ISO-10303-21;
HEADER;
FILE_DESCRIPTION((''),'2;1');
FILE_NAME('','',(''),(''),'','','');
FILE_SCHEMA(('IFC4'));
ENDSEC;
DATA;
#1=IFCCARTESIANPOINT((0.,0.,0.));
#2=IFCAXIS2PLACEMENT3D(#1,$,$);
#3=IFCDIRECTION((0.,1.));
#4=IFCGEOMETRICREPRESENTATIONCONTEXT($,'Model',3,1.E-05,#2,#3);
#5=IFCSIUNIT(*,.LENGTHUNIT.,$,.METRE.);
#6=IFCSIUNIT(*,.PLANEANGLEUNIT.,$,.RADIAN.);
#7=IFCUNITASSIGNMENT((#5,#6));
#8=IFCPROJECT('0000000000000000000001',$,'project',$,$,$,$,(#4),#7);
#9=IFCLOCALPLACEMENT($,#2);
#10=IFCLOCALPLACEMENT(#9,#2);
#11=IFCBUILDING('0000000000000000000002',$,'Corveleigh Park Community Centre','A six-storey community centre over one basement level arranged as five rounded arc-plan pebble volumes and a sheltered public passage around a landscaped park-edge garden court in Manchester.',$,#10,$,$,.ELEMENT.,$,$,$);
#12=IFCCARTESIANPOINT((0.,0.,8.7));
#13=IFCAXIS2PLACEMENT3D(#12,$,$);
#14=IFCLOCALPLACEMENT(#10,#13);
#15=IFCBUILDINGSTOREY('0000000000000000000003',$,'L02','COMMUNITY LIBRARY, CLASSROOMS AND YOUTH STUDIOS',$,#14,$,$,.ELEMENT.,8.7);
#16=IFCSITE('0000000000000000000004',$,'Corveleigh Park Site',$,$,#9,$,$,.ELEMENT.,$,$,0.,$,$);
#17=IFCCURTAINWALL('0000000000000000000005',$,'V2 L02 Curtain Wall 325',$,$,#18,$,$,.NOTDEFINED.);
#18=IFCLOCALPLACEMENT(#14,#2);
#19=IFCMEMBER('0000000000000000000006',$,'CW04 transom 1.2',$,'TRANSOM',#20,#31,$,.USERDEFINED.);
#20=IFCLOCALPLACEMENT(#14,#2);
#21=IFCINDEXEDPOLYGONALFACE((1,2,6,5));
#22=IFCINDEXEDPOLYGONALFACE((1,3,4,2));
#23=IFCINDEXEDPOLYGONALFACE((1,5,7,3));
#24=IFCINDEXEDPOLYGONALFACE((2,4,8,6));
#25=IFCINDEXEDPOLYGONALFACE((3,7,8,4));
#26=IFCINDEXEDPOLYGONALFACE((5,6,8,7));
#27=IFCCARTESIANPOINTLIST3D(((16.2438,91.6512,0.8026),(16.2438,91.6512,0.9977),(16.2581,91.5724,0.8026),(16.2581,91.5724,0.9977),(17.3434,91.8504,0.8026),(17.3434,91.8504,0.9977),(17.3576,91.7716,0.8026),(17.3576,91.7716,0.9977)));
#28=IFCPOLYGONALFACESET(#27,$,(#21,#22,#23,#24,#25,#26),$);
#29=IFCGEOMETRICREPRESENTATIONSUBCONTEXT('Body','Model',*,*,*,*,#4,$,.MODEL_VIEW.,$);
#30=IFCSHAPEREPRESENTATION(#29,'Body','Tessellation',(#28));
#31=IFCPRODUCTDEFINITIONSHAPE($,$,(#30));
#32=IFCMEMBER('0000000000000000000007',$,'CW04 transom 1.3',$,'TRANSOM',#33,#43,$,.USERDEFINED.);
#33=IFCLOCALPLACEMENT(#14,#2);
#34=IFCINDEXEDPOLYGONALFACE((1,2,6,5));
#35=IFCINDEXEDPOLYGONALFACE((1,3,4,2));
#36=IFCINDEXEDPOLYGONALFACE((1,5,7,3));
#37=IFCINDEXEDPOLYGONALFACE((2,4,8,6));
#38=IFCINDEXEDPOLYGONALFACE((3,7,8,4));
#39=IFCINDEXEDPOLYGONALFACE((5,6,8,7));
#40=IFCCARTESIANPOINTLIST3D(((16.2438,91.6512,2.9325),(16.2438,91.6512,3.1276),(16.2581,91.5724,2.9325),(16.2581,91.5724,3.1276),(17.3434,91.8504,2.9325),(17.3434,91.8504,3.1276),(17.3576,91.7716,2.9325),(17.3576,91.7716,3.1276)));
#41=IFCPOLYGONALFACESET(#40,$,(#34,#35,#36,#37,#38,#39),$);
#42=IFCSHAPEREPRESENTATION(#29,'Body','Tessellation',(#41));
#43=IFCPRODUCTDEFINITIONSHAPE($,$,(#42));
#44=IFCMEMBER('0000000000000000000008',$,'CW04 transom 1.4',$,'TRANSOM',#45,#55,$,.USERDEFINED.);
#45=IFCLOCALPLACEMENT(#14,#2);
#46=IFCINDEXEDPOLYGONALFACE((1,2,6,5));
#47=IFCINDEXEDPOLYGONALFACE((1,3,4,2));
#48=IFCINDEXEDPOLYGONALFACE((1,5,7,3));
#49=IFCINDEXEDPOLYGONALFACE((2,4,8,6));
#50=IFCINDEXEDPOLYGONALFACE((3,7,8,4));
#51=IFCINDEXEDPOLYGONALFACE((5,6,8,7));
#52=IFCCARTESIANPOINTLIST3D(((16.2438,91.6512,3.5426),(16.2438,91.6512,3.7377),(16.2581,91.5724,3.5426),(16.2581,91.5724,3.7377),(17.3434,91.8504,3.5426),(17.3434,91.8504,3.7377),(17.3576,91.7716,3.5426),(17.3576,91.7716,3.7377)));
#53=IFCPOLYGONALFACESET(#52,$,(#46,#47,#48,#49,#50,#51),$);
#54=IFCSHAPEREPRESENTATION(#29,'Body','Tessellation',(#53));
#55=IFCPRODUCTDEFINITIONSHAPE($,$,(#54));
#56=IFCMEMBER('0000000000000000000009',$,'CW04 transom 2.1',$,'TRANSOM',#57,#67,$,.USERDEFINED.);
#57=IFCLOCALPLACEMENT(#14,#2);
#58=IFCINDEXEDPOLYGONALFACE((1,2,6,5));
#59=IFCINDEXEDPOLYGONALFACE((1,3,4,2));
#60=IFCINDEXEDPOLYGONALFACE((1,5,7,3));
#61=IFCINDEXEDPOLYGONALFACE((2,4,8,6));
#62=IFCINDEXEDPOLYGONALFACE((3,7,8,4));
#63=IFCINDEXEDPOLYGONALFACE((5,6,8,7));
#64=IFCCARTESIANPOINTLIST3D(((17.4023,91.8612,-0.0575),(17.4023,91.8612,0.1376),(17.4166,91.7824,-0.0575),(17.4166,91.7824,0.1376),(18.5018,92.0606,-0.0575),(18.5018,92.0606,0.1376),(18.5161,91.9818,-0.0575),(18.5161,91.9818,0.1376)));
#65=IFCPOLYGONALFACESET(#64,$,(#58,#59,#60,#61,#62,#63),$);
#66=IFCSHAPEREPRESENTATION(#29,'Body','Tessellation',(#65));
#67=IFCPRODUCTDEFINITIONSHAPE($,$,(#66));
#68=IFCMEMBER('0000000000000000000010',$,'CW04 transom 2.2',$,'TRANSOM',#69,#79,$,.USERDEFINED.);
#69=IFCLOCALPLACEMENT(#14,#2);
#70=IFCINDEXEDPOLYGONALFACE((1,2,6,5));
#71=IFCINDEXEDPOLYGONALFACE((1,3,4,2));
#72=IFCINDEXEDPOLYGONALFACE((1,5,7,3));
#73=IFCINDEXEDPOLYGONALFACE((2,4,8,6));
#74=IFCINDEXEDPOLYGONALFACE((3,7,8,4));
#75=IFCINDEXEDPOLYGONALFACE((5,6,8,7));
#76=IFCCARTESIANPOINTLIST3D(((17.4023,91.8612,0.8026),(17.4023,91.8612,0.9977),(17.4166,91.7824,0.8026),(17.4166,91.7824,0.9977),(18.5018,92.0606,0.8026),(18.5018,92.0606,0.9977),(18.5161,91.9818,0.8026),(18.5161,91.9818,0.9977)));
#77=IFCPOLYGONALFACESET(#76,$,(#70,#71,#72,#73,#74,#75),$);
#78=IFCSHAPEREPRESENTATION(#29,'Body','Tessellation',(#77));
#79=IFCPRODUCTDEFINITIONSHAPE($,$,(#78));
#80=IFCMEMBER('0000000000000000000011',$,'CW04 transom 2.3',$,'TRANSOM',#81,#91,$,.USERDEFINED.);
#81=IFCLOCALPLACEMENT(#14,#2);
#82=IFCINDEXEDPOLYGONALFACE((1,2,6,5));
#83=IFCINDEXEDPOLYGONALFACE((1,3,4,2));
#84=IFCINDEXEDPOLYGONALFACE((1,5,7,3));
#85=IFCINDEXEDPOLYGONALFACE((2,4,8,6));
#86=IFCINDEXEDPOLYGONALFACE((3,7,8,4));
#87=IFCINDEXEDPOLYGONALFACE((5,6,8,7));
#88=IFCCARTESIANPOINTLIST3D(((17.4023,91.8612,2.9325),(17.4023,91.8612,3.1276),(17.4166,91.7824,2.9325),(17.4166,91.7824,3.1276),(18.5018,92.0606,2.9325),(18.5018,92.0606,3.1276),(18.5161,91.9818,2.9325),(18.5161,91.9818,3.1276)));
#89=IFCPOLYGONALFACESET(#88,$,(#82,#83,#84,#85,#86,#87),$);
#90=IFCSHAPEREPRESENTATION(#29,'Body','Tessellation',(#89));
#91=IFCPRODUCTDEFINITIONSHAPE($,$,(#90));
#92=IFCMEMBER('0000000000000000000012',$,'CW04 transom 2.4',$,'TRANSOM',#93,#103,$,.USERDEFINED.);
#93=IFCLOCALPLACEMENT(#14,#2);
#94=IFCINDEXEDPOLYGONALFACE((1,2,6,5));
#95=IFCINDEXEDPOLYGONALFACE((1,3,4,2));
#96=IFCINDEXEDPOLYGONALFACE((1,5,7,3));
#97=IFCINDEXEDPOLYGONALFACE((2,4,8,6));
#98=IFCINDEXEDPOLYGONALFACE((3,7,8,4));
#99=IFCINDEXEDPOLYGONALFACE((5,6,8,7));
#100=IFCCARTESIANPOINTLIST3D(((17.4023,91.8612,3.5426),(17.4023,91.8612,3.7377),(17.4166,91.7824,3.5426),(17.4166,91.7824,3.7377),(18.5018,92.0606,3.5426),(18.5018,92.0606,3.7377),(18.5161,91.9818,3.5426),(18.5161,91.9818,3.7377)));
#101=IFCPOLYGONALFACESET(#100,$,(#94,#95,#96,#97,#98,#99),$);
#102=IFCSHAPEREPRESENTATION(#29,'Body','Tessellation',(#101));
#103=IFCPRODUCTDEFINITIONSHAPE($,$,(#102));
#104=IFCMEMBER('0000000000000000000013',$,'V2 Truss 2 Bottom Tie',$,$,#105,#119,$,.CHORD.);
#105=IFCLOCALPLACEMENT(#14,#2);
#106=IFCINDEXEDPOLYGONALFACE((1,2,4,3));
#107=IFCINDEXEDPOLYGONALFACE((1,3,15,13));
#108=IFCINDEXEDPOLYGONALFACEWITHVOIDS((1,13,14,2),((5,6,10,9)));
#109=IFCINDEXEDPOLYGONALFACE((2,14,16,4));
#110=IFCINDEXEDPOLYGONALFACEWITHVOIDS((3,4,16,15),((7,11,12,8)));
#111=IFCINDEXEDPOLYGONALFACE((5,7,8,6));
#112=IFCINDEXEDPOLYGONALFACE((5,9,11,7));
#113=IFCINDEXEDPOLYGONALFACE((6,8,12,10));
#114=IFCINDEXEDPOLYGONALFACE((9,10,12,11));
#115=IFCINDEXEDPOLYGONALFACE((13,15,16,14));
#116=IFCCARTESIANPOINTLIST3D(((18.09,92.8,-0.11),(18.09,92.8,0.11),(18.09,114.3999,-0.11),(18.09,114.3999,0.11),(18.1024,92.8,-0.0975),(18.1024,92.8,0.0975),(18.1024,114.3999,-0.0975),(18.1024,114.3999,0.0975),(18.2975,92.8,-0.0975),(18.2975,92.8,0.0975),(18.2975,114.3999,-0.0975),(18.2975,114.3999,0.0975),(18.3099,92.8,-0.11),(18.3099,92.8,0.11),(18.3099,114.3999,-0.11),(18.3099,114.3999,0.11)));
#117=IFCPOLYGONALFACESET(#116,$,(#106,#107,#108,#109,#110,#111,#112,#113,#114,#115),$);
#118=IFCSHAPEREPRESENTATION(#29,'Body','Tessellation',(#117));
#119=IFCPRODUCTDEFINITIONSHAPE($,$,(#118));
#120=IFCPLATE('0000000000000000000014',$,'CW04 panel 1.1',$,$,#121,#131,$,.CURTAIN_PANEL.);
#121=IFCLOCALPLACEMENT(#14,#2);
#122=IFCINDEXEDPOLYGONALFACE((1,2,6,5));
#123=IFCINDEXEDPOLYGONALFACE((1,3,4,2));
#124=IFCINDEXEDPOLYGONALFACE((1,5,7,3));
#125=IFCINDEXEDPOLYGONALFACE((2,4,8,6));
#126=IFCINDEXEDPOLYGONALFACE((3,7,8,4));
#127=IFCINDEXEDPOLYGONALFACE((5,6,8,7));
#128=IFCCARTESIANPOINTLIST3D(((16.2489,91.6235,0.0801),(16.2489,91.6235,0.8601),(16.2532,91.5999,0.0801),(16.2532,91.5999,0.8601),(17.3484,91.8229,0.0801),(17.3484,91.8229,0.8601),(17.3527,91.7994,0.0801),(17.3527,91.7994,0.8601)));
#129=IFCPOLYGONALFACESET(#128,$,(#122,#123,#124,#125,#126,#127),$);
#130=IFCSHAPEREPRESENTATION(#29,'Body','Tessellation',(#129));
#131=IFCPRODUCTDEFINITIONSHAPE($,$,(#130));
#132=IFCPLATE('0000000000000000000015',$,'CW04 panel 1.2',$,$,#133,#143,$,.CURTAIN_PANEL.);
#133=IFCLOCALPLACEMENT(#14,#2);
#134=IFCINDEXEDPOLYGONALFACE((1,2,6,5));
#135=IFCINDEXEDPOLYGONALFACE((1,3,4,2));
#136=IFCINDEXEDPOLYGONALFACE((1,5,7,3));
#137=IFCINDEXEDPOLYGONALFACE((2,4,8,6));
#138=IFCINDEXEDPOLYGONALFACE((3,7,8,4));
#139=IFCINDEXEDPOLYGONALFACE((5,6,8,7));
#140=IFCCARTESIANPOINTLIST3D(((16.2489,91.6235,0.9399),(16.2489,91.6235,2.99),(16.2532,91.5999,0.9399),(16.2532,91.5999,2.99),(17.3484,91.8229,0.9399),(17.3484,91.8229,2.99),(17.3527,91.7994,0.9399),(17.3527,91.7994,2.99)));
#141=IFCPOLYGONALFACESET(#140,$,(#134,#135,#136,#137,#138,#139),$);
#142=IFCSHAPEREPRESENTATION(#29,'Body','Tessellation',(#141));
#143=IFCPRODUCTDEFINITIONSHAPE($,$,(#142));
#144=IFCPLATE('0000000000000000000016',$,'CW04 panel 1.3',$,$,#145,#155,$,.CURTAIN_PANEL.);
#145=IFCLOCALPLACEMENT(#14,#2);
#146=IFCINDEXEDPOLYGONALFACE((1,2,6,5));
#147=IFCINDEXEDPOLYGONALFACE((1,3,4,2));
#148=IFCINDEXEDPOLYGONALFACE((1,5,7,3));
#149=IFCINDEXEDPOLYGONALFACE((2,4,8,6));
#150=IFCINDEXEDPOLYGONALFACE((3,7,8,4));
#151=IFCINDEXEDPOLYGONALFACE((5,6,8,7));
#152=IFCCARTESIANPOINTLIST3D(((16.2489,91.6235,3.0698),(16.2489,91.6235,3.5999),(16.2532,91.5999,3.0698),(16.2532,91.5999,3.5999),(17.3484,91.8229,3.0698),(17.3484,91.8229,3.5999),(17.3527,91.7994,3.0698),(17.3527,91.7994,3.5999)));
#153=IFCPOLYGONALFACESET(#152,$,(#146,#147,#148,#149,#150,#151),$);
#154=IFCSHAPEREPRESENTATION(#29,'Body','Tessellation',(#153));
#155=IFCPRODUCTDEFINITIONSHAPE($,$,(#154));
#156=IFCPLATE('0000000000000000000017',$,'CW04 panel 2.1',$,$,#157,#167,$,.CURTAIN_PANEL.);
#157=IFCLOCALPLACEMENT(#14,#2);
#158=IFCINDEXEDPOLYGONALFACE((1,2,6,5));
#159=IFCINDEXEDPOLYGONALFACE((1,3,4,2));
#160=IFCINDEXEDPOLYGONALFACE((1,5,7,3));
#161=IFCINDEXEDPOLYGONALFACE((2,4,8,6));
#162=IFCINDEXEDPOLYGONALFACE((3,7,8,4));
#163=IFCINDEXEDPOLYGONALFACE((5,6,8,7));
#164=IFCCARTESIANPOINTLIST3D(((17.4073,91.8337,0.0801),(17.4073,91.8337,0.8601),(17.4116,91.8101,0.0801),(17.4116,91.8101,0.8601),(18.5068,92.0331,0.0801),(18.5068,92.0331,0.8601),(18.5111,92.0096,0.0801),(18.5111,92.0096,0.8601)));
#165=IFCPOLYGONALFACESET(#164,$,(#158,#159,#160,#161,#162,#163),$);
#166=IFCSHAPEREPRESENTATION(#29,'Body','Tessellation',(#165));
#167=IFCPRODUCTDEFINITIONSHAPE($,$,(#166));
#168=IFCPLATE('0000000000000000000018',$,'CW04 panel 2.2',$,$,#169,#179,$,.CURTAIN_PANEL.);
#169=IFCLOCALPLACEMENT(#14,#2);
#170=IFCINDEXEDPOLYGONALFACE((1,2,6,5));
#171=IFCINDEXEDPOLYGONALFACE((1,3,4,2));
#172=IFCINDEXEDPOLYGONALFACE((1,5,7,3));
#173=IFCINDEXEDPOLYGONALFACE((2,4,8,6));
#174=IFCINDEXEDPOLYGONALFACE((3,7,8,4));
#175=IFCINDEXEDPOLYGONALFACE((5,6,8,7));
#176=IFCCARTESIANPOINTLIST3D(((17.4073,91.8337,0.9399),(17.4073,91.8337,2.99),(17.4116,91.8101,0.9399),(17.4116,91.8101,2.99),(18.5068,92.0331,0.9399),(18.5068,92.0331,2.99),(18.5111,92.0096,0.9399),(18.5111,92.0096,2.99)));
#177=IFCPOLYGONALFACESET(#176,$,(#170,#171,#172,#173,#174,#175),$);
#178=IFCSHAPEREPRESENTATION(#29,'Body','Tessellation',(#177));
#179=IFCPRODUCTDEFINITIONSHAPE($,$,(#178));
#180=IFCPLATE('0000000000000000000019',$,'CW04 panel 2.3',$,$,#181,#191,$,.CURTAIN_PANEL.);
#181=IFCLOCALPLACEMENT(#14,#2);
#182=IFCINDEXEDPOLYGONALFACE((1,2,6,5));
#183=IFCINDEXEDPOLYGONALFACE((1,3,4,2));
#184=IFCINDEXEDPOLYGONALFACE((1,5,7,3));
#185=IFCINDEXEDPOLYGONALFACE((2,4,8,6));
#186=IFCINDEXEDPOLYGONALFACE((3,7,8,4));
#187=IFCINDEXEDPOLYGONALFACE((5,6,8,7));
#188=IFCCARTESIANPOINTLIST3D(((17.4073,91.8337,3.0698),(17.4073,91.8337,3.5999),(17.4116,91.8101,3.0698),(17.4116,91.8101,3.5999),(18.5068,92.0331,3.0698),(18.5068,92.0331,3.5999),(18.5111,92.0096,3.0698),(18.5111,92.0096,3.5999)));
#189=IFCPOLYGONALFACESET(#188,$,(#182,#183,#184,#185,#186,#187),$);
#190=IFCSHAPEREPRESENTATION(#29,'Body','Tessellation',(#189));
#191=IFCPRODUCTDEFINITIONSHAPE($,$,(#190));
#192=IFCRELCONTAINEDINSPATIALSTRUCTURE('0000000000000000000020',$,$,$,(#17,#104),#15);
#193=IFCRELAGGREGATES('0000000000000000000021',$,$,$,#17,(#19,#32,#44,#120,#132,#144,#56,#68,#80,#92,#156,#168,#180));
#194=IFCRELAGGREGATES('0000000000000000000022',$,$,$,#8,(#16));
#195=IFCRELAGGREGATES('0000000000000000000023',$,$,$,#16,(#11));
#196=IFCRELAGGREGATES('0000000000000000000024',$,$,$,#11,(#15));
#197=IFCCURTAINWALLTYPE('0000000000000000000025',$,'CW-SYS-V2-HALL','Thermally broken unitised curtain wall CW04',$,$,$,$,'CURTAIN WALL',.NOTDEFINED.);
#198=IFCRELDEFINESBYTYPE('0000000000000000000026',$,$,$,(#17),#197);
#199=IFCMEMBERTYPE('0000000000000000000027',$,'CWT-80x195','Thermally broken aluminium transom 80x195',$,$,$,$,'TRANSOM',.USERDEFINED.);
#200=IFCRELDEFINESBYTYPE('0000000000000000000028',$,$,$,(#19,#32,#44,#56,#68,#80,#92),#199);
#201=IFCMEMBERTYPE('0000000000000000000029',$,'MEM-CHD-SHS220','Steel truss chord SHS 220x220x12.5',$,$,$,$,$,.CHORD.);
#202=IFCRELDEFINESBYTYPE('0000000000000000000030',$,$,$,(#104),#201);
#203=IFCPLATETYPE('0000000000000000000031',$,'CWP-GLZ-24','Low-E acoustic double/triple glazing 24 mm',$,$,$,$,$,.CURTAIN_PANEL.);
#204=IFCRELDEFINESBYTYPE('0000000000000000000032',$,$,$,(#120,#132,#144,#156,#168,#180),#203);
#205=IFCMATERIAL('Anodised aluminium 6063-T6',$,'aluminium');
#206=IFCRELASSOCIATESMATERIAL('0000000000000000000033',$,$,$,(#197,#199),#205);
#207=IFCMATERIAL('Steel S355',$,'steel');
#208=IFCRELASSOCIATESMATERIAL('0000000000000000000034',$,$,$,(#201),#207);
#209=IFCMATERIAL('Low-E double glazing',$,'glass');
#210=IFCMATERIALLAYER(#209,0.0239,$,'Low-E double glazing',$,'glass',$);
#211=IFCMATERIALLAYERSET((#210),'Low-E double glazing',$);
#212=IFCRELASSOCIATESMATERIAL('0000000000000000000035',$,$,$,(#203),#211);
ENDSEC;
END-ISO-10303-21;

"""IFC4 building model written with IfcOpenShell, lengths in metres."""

from ifc_helpers import new_model, si_unit, direction, frame, origin, origin_2d, place, context, subcontext, project, spatial, rectangle, hollow_rectangle, extrude, material, layer, layer_set, material_profile, profile_set, type_object, element, aggregate, save


model = new_model("IFC4")

# Units and contexts
model_context = context("Model", 3, precision=1e-05, world=origin(), true_north=direction((0.0, 1.0)))
body_context = subcontext(model_context, "Body", "Model", "MODEL_VIEW")
ifc_project = project(units=[si_unit("LENGTHUNIT", "METRE"), si_unit("PLANEANGLEUNIT", "RADIAN")], contexts=[model_context])

# Site, building, storey
site_placement = place(None, origin())
site = spatial("IfcSite", under=ifc_project, at=site_placement, Name="Corveleigh Park Site", CompositionType="ELEMENT", RefElevation=0.0)
building_placement = place(site_placement, origin())
building = spatial("IfcBuilding", under=site, at=building_placement, Name="Corveleigh Park Community Centre", Description="A six-storey community centre over one basement level arranged as five rounded arc-plan pebble volumes and a sheltered public passage around a landscaped park-edge garden court in Manchester.", CompositionType="ELEMENT")
storey_placement = place(building_placement, frame((0.0, 0.0, 8.7)))
storey = spatial("IfcBuildingStorey", under=building, at=storey_placement, Name="L02", Description="COMMUNITY LIBRARY, CLASSROOMS AND YOUTH STUDIOS", CompositionType="ELEMENT", Elevation=8.7)

# Shared definitions
ifc_material_1 = material(Name="Steel S355", Category="steel")

# Curtain wall
ifc_material_2 = material(Name="Anodised aluminium 6063-T6", Category="aluminium")
curtain_wall_type = type_object("IfcCurtainWallType", Name="CW-SYS-V2-HALL", Description="Thermally broken unitised curtain wall CW04", ElementType="CURTAIN WALL", PredefinedType="NOTDEFINED", material=ifc_material_2)
curtain_wall_1_placement = place(storey_placement, origin())
curtain_wall_1 = element("IfcCurtainWall", 1, at=curtain_wall_1_placement, inside=storey, type_object=curtain_wall_type, Name="V2 L02 Curtain Wall 325", PredefinedType="NOTDEFINED")

# Members
ifc_material_profile_1 = material_profile(ifc_material_2, rectangle(XDim=0.0801, YDim=0.1951, at=origin_2d()), Name="ALU-T80x195", Category="aluminium")
ifc_profile_set_1 = profile_set([ifc_material_profile_1], Name="Anodised aluminium 6063-T6")
member_type_1 = type_object("IfcMemberType", Name="CWT-80x195", Description="Thermally broken aluminium transom 80x195", ElementType="TRANSOM", PredefinedType="USERDEFINED", material=ifc_profile_set_1)
member_1_placement = place(storey_placement, frame((16.251, 91.6118, 0.9001), z_axis=(0.983982, 0.17827, 0.0), x_axis=(-0.17827, 0.983982, 0.0)))
member_1 = element("IfcMember", 2, at=member_1_placement, type_object=member_type_1, Name="CW04 transom 1.2", ObjectType="TRANSOM", PredefinedType="USERDEFINED", context=body_context, shape_type="SweptSolid", body=[
    extrude(rectangle(XDim=0.0801, YDim=0.1951, at=origin_2d()), origin(), (0.0, 0.0, 1.0), 1.1174),
])
member_2_placement = place(storey_placement, frame((16.251, 91.6118, 3.03), z_axis=(0.983982, 0.17827, 0.0), x_axis=(-0.17827, 0.983982, 0.0)))
member_2 = element("IfcMember", 3, at=member_2_placement, type_object=member_type_1, Name="CW04 transom 1.3", ObjectType="TRANSOM", PredefinedType="USERDEFINED", context=body_context, shape_type="SweptSolid", body=[
    extrude(rectangle(XDim=0.0801, YDim=0.1951, at=origin_2d()), origin(), (0.0, 0.0, 1.0), 1.1174),
])
member_3_placement = place(storey_placement, frame((16.251, 91.6118, 3.6401), z_axis=(0.983982, 0.17827, 0.0), x_axis=(-0.17827, 0.983982, 0.0)))
member_3 = element("IfcMember", 4, at=member_3_placement, type_object=member_type_1, Name="CW04 transom 1.4", ObjectType="TRANSOM", PredefinedType="USERDEFINED", context=body_context, shape_type="SweptSolid", body=[
    extrude(rectangle(XDim=0.0801, YDim=0.1951, at=origin_2d()), origin(), (0.0, 0.0, 1.0), 1.1174),
])
member_4_placement = place(storey_placement, frame((17.4094, 91.8218, 0.04), z_axis=(0.983943, 0.178482, 0.0), x_axis=(-0.178482, 0.983943, 0.0)))
member_4 = element("IfcMember", 5, at=member_4_placement, type_object=member_type_1, Name="CW04 transom 2.1", ObjectType="TRANSOM", PredefinedType="USERDEFINED", context=body_context, shape_type="SweptSolid", body=[
    extrude(rectangle(XDim=0.0801, YDim=0.1951, at=origin_2d()), origin(), (0.0, 0.0, 1.0), 1.1174),
])
member_5_placement = place(storey_placement, frame((17.4094, 91.8218, 0.9001), z_axis=(0.983943, 0.178482, 0.0), x_axis=(-0.178482, 0.983943, 0.0)))
member_5 = element("IfcMember", 6, at=member_5_placement, type_object=member_type_1, Name="CW04 transom 2.2", ObjectType="TRANSOM", PredefinedType="USERDEFINED", context=body_context, shape_type="SweptSolid", body=[
    extrude(rectangle(XDim=0.0801, YDim=0.1951, at=origin_2d()), origin(), (0.0, 0.0, 1.0), 1.1174),
])
member_6_placement = place(storey_placement, frame((17.4094, 91.8218, 3.03), z_axis=(0.983943, 0.178482, 0.0), x_axis=(-0.178482, 0.983943, 0.0)))
member_6 = element("IfcMember", 7, at=member_6_placement, type_object=member_type_1, Name="CW04 transom 2.3", ObjectType="TRANSOM", PredefinedType="USERDEFINED", context=body_context, shape_type="SweptSolid", body=[
    extrude(rectangle(XDim=0.0801, YDim=0.1951, at=origin_2d()), origin(), (0.0, 0.0, 1.0), 1.1174),
])
member_7_placement = place(storey_placement, frame((17.4094, 91.8218, 3.6401), z_axis=(0.983943, 0.178482, 0.0), x_axis=(-0.178482, 0.983943, 0.0)))
member_7 = element("IfcMember", 8, at=member_7_placement, type_object=member_type_1, Name="CW04 transom 2.4", ObjectType="TRANSOM", PredefinedType="USERDEFINED", context=body_context, shape_type="SweptSolid", body=[
    extrude(rectangle(XDim=0.0801, YDim=0.1951, at=origin_2d()), origin(), (0.0, 0.0, 1.0), 1.1174),
])
ifc_material_profile_2 = material_profile(ifc_material_1, hollow_rectangle(XDim=0.22, YDim=0.22, WallThickness=0.0125, at=origin_2d()), Name="SHS 220x220x12.5", Category="steel")
ifc_profile_set_2 = profile_set([ifc_material_profile_2], Name="Steel S355")
member_type_2 = type_object("IfcMemberType", Name="MEM-CHD-SHS220", Description="Steel truss chord SHS 220x220x12.5", PredefinedType="CHORD", material=ifc_profile_set_2)
member_8_placement = place(storey_placement, frame((18.2, 92.8, 0.0), z_axis=(0.0, 1.0, 0.0), x_axis=(-1.0, 0.0, 0.0)))
element("IfcMember", 9, at=member_8_placement, inside=storey, type_object=member_type_2, Name="V2 Truss 2 Bottom Tie", PredefinedType="CHORD", context=body_context, shape_type="SweptSolid", body=[
    extrude(hollow_rectangle(XDim=0.22, YDim=0.22, WallThickness=0.0125, at=origin_2d()), origin(), (0.0, 0.0, 1.0), 21.5999),
])

# Plates
ifc_material_3 = material(Name="Low-E double glazing", Category="glass")
ifc_layer_1 = layer(ifc_material_3, 0.0239, Name="Low-E double glazing", Category="glass")
ifc_layer_set_1 = layer_set([ifc_layer_1], Name="Low-E double glazing")
plate_type = type_object("IfcPlateType", Name="CWP-GLZ-24", Description="Low-E acoustic double/triple glazing 24 mm", PredefinedType="CURTAIN_PANEL", material=ifc_layer_set_1)
plate_1_placement = place(storey_placement, frame((16.8008, 91.7114, 0.0801), z_axis=(0.0, 0.0, 1.0), x_axis=(0.983943, 0.178485, 0.0)))
plate_1 = element("IfcPlate", 10, at=plate_1_placement, type_object=plate_type, Name="CW04 panel 1.1", PredefinedType="CURTAIN_PANEL", context=body_context, shape_type="SweptSolid", body=[
    extrude(rectangle(XDim=1.1174, YDim=0.0239, at=origin_2d()), origin(), (0.0, 0.0, 1.0), 0.78),
])
plate_2_placement = place(storey_placement, frame((16.8008, 91.7114, 0.9399), z_axis=(0.0, 0.0, 1.0), x_axis=(0.983943, 0.178485, 0.0)))
plate_2 = element("IfcPlate", 11, at=plate_2_placement, type_object=plate_type, Name="CW04 panel 1.2", PredefinedType="CURTAIN_PANEL", context=body_context, shape_type="SweptSolid", body=[
    extrude(rectangle(XDim=1.1174, YDim=0.0239, at=origin_2d()), origin(), (0.0, 0.0, 1.0), 2.05),
])
plate_3_placement = place(storey_placement, frame((16.8008, 91.7114, 3.0698), z_axis=(0.0, 0.0, 1.0), x_axis=(0.983943, 0.178485, 0.0)))
plate_3 = element("IfcPlate", 12, at=plate_3_placement, type_object=plate_type, Name="CW04 panel 1.3", PredefinedType="CURTAIN_PANEL", context=body_context, shape_type="SweptSolid", body=[
    extrude(rectangle(XDim=1.1174, YDim=0.0239, at=origin_2d()), origin(), (0.0, 0.0, 1.0), 0.53),
])
plate_4_placement = place(storey_placement, frame((17.9592, 91.9216, 0.0801), z_axis=(0.0, 0.0, 1.0), x_axis=(0.983943, 0.178485, 0.0)))
plate_4 = element("IfcPlate", 13, at=plate_4_placement, type_object=plate_type, Name="CW04 panel 2.1", PredefinedType="CURTAIN_PANEL", context=body_context, shape_type="SweptSolid", body=[
    extrude(rectangle(XDim=1.1174, YDim=0.0239, at=origin_2d()), origin(), (0.0, 0.0, 1.0), 0.78),
])
plate_5_placement = place(storey_placement, frame((17.9592, 91.9216, 0.9399), z_axis=(0.0, 0.0, 1.0), x_axis=(0.983943, 0.178485, 0.0)))
plate_5 = element("IfcPlate", 14, at=plate_5_placement, type_object=plate_type, Name="CW04 panel 2.2", PredefinedType="CURTAIN_PANEL", context=body_context, shape_type="SweptSolid", body=[
    extrude(rectangle(XDim=1.1174, YDim=0.0239, at=origin_2d()), origin(), (0.0, 0.0, 1.0), 2.05),
])
plate_6_placement = place(storey_placement, frame((17.9592, 91.9216, 3.0698), z_axis=(0.0, 0.0, 1.0), x_axis=(0.983943, 0.178485, 0.0)))
plate_6 = element("IfcPlate", 15, at=plate_6_placement, type_object=plate_type, Name="CW04 panel 2.3", PredefinedType="CURTAIN_PANEL", context=body_context, shape_type="SweptSolid", body=[
    extrude(rectangle(XDim=1.1174, YDim=0.0239, at=origin_2d()), origin(), (0.0, 0.0, 1.0), 0.53),
])
aggregate(curtain_wall_1, [member_1, member_2, member_3, plate_1, plate_2, plate_3, member_4, member_5, member_6, member_7, plate_4, plate_5, plate_6])

save(model, "model.ifc")
